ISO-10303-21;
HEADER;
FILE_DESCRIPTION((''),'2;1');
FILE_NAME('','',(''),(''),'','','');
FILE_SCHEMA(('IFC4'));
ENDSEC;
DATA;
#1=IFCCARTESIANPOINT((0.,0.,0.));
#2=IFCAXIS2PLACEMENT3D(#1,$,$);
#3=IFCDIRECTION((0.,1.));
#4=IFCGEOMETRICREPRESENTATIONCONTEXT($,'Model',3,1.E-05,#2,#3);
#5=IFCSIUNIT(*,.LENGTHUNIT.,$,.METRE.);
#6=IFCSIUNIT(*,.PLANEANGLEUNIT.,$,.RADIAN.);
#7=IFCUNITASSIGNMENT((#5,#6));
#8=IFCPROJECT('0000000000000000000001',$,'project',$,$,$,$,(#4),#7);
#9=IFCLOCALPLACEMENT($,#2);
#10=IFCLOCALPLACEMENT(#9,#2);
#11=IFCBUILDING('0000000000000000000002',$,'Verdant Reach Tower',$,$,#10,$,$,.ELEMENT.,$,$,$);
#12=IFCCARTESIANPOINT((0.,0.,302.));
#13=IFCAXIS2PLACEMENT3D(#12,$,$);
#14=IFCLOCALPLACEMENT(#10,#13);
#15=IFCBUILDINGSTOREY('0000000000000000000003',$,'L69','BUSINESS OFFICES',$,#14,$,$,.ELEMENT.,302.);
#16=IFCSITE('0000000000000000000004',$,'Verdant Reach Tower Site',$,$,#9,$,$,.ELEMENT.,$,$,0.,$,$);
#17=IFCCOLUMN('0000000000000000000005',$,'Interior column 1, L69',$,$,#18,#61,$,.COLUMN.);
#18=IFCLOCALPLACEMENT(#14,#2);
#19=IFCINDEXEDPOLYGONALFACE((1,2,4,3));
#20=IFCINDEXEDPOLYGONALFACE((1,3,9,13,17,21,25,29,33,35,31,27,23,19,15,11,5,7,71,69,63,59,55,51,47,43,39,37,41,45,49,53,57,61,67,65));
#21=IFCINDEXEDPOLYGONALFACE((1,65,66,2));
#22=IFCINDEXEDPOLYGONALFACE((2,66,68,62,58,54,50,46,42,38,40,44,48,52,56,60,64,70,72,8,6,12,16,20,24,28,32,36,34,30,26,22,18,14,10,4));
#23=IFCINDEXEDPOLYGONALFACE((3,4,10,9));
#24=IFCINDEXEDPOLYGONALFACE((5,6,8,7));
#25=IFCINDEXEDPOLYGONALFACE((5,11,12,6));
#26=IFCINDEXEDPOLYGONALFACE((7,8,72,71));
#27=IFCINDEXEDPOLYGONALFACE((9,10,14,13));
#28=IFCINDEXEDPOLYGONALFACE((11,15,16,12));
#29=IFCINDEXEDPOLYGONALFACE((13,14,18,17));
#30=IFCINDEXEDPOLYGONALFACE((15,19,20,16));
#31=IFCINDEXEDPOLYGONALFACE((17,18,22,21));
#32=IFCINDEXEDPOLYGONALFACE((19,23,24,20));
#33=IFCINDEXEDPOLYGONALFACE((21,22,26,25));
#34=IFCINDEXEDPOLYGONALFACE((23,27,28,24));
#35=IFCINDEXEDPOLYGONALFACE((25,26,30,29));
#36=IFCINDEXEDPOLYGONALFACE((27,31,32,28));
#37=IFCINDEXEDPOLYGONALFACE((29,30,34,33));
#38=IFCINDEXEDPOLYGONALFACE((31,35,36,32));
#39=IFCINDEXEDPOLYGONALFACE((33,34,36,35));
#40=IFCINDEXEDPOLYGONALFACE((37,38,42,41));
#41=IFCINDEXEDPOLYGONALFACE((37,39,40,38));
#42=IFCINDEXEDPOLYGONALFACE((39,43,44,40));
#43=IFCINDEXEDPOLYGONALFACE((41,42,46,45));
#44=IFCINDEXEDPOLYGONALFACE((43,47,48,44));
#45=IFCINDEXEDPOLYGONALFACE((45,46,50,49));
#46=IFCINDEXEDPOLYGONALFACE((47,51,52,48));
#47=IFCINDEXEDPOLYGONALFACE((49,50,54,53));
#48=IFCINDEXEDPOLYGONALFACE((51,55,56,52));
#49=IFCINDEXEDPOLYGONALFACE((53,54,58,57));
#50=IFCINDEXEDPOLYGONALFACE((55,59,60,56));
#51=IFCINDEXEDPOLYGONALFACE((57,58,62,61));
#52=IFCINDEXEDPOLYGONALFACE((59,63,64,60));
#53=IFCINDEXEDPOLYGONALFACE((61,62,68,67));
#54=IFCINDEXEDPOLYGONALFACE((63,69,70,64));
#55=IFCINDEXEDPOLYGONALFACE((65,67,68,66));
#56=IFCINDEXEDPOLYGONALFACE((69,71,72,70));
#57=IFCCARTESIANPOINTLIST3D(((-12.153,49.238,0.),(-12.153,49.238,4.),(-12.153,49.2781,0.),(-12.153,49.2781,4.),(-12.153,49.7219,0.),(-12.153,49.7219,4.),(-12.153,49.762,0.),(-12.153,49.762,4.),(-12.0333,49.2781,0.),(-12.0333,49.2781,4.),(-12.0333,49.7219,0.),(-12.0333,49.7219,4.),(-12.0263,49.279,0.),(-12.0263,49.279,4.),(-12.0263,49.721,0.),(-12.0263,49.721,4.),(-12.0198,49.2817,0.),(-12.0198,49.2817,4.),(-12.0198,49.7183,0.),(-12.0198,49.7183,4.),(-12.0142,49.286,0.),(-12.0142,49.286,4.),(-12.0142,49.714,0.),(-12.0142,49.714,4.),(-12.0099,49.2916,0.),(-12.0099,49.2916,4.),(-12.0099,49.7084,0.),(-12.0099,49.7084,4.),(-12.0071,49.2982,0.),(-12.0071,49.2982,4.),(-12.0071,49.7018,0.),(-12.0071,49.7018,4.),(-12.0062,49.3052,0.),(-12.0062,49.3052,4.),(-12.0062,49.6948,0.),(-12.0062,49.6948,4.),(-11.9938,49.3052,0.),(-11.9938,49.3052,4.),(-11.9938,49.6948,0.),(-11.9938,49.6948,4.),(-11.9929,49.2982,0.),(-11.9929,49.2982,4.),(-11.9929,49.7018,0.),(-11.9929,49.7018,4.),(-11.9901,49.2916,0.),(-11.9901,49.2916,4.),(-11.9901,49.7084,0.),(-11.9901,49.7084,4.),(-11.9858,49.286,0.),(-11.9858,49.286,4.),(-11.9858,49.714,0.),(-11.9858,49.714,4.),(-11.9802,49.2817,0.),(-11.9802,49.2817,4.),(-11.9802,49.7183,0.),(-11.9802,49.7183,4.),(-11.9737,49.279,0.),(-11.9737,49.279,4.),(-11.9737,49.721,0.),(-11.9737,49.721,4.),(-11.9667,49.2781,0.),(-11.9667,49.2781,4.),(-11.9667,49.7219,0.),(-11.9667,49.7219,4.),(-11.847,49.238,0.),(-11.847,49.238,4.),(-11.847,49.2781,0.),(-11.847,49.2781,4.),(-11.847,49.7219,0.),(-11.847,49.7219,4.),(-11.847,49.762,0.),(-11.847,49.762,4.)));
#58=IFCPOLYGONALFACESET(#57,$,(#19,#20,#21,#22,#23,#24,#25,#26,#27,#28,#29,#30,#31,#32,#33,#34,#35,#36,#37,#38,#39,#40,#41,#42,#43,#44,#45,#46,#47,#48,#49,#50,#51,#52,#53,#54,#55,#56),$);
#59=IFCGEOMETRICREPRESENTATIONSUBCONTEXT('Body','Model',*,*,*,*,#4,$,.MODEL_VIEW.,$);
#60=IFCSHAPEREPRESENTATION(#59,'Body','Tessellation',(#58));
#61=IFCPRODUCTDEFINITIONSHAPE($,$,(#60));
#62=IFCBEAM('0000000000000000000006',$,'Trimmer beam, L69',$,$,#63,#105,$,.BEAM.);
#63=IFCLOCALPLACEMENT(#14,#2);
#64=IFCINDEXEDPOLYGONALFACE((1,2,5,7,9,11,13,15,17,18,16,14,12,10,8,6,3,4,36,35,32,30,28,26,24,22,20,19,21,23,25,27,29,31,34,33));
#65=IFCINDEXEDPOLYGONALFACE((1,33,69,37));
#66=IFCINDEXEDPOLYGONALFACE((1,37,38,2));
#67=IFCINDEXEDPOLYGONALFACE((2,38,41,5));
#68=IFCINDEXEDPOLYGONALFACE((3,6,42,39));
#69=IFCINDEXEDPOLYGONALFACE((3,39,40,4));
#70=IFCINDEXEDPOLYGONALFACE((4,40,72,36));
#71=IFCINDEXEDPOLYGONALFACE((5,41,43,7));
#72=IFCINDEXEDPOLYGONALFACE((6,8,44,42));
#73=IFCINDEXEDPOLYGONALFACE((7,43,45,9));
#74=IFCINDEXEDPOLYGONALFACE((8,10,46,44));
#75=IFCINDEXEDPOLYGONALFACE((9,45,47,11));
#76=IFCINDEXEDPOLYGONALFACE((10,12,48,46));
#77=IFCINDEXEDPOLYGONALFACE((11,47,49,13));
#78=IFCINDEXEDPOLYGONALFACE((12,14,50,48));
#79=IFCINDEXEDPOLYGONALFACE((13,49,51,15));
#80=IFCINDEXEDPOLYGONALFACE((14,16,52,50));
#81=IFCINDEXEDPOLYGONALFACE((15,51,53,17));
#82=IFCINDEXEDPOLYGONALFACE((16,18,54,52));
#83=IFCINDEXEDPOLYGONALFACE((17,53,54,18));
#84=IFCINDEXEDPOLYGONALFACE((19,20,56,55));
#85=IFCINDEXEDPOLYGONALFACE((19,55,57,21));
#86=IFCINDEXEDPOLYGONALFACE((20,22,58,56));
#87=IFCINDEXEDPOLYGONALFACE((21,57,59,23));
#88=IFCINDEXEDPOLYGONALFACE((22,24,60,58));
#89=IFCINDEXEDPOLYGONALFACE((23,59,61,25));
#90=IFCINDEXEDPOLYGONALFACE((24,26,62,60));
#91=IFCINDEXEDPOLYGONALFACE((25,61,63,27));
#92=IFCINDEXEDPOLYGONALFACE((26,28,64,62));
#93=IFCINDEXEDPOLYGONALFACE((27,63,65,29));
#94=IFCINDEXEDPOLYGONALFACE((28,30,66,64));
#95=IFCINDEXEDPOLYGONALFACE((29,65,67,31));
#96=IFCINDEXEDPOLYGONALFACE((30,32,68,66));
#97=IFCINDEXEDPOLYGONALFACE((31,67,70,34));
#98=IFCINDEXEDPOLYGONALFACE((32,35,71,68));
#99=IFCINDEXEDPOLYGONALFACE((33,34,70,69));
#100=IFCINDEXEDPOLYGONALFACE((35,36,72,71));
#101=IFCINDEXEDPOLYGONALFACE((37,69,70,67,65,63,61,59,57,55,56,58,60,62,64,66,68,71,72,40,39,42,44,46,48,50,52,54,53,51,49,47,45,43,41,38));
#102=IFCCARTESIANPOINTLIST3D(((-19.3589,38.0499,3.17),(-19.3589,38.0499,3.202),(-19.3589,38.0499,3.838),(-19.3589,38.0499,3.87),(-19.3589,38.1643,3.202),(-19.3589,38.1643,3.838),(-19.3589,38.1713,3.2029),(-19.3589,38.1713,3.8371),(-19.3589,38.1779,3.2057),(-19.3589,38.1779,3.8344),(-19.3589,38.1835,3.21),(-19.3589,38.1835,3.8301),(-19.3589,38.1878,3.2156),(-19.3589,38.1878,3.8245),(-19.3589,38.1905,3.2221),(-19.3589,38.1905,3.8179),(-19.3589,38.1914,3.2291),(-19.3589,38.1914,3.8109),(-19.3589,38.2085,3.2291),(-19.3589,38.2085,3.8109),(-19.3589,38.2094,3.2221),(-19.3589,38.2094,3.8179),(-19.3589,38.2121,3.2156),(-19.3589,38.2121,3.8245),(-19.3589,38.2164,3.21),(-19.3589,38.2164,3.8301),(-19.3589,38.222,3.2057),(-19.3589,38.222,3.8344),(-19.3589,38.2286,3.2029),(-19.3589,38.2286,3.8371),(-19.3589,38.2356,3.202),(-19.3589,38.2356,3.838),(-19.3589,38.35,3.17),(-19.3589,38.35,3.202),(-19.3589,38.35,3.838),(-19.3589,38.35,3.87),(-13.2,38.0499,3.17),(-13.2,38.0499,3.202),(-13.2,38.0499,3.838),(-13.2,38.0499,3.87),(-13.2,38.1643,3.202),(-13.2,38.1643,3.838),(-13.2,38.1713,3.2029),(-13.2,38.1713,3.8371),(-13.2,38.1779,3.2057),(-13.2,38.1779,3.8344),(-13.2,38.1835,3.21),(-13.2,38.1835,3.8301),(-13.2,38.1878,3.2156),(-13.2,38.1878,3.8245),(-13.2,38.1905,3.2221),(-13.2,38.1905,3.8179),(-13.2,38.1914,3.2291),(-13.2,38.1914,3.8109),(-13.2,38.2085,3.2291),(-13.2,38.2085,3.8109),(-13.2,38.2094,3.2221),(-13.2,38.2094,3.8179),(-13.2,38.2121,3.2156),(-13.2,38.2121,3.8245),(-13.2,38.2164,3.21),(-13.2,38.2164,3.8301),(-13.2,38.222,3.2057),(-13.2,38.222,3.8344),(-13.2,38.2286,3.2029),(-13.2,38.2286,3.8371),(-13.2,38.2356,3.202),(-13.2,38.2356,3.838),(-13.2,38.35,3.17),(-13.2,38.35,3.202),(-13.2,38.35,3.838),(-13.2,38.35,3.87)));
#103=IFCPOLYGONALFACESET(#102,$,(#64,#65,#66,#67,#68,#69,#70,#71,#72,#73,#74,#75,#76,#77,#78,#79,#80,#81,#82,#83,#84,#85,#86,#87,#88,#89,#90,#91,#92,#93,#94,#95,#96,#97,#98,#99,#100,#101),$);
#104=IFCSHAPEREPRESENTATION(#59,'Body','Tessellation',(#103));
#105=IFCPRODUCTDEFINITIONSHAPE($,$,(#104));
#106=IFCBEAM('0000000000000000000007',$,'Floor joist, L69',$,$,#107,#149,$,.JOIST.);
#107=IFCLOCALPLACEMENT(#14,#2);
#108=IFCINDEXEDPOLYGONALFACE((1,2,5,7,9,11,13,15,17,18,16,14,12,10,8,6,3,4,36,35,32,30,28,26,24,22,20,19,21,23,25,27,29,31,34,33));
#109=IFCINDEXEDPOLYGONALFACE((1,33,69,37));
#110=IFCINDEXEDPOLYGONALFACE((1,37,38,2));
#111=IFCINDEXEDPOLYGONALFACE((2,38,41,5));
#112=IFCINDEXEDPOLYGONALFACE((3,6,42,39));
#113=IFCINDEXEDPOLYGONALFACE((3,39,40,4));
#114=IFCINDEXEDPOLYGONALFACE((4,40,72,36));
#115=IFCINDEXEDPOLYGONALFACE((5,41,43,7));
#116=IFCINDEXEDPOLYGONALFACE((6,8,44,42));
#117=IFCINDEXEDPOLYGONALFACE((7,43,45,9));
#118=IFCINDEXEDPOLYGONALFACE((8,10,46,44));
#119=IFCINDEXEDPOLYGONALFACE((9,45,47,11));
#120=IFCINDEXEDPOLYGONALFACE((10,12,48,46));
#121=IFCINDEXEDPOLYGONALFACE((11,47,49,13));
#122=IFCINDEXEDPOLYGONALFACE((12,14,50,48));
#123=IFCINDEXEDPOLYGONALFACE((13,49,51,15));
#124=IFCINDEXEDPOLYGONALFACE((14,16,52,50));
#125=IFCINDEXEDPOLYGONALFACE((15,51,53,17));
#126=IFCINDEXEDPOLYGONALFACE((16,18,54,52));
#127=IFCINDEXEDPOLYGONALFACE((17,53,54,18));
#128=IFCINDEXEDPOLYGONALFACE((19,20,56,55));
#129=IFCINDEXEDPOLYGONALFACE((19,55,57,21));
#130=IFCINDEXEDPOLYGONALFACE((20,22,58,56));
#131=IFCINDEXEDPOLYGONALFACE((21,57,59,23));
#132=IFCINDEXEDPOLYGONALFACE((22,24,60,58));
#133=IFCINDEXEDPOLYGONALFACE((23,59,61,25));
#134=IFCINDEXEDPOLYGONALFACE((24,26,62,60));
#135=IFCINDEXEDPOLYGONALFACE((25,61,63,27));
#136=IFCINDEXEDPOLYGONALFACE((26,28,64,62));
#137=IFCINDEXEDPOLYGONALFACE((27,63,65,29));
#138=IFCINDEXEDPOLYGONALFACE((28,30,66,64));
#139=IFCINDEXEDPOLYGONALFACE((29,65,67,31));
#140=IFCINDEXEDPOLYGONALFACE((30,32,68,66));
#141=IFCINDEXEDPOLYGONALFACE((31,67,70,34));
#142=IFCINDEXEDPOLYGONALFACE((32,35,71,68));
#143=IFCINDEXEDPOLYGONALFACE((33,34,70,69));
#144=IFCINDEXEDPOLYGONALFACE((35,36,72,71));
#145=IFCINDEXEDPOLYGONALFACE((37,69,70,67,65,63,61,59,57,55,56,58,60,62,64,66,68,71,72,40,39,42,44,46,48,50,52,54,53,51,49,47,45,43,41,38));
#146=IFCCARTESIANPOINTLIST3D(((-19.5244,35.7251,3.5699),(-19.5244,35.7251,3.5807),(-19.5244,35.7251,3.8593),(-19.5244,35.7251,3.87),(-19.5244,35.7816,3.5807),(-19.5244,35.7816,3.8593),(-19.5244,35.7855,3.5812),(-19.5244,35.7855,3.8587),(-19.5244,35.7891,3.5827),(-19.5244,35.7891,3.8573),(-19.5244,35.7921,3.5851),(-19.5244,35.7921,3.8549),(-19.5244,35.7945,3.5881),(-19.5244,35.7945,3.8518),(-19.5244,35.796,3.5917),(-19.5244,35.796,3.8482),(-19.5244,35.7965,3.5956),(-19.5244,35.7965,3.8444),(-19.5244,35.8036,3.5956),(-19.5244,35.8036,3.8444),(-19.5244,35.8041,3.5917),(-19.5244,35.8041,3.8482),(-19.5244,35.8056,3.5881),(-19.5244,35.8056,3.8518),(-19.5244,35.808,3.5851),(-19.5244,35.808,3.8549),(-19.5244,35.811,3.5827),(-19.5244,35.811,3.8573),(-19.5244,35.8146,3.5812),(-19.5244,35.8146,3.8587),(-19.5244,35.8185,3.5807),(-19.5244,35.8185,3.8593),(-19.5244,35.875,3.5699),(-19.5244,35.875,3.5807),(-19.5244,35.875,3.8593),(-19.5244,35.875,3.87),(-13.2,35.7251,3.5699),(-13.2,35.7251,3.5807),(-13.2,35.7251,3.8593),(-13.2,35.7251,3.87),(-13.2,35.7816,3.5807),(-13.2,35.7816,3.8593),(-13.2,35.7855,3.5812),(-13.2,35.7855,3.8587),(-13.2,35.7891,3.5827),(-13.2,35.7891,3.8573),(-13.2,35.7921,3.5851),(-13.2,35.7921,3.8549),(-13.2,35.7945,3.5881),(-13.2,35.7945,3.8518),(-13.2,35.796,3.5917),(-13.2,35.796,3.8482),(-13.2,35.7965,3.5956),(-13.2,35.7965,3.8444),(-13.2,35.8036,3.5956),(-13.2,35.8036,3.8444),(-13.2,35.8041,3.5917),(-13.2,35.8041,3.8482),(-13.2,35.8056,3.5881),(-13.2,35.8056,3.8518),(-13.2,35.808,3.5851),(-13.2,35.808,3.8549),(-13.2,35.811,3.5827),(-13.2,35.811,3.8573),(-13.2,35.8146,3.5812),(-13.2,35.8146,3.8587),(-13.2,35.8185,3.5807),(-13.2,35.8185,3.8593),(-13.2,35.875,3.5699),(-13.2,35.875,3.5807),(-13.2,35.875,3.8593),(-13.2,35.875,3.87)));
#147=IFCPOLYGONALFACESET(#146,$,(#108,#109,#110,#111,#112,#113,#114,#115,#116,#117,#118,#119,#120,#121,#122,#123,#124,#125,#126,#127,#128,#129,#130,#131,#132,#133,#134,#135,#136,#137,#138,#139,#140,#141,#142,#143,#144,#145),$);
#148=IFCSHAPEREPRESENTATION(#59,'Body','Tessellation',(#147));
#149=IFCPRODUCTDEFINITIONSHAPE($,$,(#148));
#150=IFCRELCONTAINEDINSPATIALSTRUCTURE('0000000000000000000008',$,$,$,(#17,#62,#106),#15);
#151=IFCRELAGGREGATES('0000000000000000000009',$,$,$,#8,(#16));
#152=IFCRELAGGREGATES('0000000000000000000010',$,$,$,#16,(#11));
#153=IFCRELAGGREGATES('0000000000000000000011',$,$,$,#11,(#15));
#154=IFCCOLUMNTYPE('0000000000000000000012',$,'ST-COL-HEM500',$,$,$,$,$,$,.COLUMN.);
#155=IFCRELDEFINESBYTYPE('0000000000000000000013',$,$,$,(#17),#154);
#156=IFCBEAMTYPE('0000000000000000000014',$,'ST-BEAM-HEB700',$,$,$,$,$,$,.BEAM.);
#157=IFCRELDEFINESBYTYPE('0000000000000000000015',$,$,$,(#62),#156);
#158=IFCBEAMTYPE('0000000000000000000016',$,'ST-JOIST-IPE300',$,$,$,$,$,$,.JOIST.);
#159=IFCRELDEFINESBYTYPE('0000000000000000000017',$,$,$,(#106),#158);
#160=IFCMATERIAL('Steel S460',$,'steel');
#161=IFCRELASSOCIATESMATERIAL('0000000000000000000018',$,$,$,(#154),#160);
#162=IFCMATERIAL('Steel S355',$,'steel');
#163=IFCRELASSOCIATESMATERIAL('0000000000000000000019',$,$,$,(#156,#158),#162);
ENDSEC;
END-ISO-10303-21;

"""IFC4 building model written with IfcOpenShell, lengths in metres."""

from ifc_helpers import new_model, si_unit, direction, frame, origin, origin_2d, place, context, subcontext, project, spatial, i_section, extrude, material, material_profile, profile_set, type_object, element, save


model = new_model("IFC4")

# Units and contexts
model_context = context("Model", 3, precision=1e-05, world=origin(), true_north=direction((0.0, 1.0)))
body_context = subcontext(model_context, "Body", "Model", "MODEL_VIEW")
ifc_project = project(units=[si_unit("LENGTHUNIT", "METRE"), si_unit("PLANEANGLEUNIT", "RADIAN")], contexts=[model_context])

# Site, building, storey
site_placement = place(None, origin())
site = spatial("IfcSite", under=ifc_project, at=site_placement, Name="Verdant Reach Tower Site", CompositionType="ELEMENT", RefElevation=0.0)
building_placement = place(site_placement, origin())
building = spatial("IfcBuilding", under=site, at=building_placement, Name="Verdant Reach Tower", CompositionType="ELEMENT")
storey_placement = place(building_placement, frame((0.0, 0.0, 302.0)))
storey = spatial("IfcBuildingStorey", under=building, at=storey_placement, Name="L69", Description="BUSINESS OFFICES", CompositionType="ELEMENT", Elevation=302.0)

# Column
ifc_material_1 = material(Name="Steel S460", Category="steel")
ifc_material_profile_1 = material_profile(ifc_material_1, i_section(OverallWidth=0.3059, OverallDepth=0.5239, WebThickness=0.0125, FlangeThickness=0.04, FilletRadius=0.0271, at=origin_2d()), Name="HEM 500")
ifc_profile_set_1 = profile_set([ifc_material_profile_1], Name="Steel S460")
column_type = type_object("IfcColumnType", Name="ST-COL-HEM500", PredefinedType="COLUMN", material=ifc_profile_set_1)
column_placement = place(storey_placement, frame((-12.0, 49.5, 0.0), z_axis=(0.0, 0.0, 1.0), x_axis=(1.0, 0.0, 0.0)))
element("IfcColumn", 1, at=column_placement, inside=storey, type_object=column_type, Name="Interior column 1, L69", PredefinedType="COLUMN", context=body_context, shape_type="SweptSolid", body=[
    extrude(i_section(OverallWidth=0.3059, OverallDepth=0.5239, WebThickness=0.0125, FlangeThickness=0.04, FilletRadius=0.0271, at=origin_2d()), origin(), (0.0, 0.0, 1.0), 4.0),
])

# Beams
ifc_material_2 = material(Name="Steel S355", Category="steel")
ifc_material_profile_2 = material_profile(ifc_material_2, i_section(OverallWidth=0.3, OverallDepth=0.7, WebThickness=0.0171, FlangeThickness=0.032, FilletRadius=0.0271, at=origin_2d()), Name="HEB 700")
ifc_profile_set_2 = profile_set([ifc_material_profile_2], Name="Steel S355")
beam_type_1 = type_object("IfcBeamType", Name="ST-BEAM-HEB700", PredefinedType="BEAM", material=ifc_profile_set_2)
beam_1_placement = place(storey_placement, frame((-13.2, 38.2, 3.52), z_axis=(-1.0, 0.0, 0.0), x_axis=(0.0, -1.0, 0.0)))
element("IfcBeam", 2, at=beam_1_placement, inside=storey, type_object=beam_type_1, Name="Trimmer beam, L69", PredefinedType="BEAM", context=body_context, shape_type="SweptSolid", body=[
    extrude(i_section(OverallWidth=0.3, OverallDepth=0.7, WebThickness=0.0171, FlangeThickness=0.032, FilletRadius=0.0271, at=origin_2d()), origin(), (0.0, 0.0, 1.0), 6.1589),
])
ifc_material_profile_3 = material_profile(ifc_material_2, i_section(OverallWidth=0.1499, OverallDepth=0.3, WebThickness=0.0071, FlangeThickness=0.0107, FilletRadius=0.0149, at=origin_2d()), Name="IPE 300")
ifc_profile_set_3 = profile_set([ifc_material_profile_3], Name="Steel S355")
beam_type_2 = type_object("IfcBeamType", Name="ST-JOIST-IPE300", PredefinedType="JOIST", material=ifc_profile_set_3)
beam_2_placement = place(storey_placement, frame((-13.2, 35.8, 3.72), z_axis=(-1.0, 0.0, 0.0), x_axis=(0.0, -1.0, 0.0)))
element("IfcBeam", 3, at=beam_2_placement, inside=storey, type_object=beam_type_2, Name="Floor joist, L69", PredefinedType="JOIST", context=body_context, shape_type="SweptSolid", body=[
    extrude(i_section(OverallWidth=0.1499, OverallDepth=0.3, WebThickness=0.0071, FlangeThickness=0.0107, FilletRadius=0.0149, at=origin_2d()), origin(), (0.0, 0.0, 1.0), 6.3245),
])

save(model, "model.ifc")
